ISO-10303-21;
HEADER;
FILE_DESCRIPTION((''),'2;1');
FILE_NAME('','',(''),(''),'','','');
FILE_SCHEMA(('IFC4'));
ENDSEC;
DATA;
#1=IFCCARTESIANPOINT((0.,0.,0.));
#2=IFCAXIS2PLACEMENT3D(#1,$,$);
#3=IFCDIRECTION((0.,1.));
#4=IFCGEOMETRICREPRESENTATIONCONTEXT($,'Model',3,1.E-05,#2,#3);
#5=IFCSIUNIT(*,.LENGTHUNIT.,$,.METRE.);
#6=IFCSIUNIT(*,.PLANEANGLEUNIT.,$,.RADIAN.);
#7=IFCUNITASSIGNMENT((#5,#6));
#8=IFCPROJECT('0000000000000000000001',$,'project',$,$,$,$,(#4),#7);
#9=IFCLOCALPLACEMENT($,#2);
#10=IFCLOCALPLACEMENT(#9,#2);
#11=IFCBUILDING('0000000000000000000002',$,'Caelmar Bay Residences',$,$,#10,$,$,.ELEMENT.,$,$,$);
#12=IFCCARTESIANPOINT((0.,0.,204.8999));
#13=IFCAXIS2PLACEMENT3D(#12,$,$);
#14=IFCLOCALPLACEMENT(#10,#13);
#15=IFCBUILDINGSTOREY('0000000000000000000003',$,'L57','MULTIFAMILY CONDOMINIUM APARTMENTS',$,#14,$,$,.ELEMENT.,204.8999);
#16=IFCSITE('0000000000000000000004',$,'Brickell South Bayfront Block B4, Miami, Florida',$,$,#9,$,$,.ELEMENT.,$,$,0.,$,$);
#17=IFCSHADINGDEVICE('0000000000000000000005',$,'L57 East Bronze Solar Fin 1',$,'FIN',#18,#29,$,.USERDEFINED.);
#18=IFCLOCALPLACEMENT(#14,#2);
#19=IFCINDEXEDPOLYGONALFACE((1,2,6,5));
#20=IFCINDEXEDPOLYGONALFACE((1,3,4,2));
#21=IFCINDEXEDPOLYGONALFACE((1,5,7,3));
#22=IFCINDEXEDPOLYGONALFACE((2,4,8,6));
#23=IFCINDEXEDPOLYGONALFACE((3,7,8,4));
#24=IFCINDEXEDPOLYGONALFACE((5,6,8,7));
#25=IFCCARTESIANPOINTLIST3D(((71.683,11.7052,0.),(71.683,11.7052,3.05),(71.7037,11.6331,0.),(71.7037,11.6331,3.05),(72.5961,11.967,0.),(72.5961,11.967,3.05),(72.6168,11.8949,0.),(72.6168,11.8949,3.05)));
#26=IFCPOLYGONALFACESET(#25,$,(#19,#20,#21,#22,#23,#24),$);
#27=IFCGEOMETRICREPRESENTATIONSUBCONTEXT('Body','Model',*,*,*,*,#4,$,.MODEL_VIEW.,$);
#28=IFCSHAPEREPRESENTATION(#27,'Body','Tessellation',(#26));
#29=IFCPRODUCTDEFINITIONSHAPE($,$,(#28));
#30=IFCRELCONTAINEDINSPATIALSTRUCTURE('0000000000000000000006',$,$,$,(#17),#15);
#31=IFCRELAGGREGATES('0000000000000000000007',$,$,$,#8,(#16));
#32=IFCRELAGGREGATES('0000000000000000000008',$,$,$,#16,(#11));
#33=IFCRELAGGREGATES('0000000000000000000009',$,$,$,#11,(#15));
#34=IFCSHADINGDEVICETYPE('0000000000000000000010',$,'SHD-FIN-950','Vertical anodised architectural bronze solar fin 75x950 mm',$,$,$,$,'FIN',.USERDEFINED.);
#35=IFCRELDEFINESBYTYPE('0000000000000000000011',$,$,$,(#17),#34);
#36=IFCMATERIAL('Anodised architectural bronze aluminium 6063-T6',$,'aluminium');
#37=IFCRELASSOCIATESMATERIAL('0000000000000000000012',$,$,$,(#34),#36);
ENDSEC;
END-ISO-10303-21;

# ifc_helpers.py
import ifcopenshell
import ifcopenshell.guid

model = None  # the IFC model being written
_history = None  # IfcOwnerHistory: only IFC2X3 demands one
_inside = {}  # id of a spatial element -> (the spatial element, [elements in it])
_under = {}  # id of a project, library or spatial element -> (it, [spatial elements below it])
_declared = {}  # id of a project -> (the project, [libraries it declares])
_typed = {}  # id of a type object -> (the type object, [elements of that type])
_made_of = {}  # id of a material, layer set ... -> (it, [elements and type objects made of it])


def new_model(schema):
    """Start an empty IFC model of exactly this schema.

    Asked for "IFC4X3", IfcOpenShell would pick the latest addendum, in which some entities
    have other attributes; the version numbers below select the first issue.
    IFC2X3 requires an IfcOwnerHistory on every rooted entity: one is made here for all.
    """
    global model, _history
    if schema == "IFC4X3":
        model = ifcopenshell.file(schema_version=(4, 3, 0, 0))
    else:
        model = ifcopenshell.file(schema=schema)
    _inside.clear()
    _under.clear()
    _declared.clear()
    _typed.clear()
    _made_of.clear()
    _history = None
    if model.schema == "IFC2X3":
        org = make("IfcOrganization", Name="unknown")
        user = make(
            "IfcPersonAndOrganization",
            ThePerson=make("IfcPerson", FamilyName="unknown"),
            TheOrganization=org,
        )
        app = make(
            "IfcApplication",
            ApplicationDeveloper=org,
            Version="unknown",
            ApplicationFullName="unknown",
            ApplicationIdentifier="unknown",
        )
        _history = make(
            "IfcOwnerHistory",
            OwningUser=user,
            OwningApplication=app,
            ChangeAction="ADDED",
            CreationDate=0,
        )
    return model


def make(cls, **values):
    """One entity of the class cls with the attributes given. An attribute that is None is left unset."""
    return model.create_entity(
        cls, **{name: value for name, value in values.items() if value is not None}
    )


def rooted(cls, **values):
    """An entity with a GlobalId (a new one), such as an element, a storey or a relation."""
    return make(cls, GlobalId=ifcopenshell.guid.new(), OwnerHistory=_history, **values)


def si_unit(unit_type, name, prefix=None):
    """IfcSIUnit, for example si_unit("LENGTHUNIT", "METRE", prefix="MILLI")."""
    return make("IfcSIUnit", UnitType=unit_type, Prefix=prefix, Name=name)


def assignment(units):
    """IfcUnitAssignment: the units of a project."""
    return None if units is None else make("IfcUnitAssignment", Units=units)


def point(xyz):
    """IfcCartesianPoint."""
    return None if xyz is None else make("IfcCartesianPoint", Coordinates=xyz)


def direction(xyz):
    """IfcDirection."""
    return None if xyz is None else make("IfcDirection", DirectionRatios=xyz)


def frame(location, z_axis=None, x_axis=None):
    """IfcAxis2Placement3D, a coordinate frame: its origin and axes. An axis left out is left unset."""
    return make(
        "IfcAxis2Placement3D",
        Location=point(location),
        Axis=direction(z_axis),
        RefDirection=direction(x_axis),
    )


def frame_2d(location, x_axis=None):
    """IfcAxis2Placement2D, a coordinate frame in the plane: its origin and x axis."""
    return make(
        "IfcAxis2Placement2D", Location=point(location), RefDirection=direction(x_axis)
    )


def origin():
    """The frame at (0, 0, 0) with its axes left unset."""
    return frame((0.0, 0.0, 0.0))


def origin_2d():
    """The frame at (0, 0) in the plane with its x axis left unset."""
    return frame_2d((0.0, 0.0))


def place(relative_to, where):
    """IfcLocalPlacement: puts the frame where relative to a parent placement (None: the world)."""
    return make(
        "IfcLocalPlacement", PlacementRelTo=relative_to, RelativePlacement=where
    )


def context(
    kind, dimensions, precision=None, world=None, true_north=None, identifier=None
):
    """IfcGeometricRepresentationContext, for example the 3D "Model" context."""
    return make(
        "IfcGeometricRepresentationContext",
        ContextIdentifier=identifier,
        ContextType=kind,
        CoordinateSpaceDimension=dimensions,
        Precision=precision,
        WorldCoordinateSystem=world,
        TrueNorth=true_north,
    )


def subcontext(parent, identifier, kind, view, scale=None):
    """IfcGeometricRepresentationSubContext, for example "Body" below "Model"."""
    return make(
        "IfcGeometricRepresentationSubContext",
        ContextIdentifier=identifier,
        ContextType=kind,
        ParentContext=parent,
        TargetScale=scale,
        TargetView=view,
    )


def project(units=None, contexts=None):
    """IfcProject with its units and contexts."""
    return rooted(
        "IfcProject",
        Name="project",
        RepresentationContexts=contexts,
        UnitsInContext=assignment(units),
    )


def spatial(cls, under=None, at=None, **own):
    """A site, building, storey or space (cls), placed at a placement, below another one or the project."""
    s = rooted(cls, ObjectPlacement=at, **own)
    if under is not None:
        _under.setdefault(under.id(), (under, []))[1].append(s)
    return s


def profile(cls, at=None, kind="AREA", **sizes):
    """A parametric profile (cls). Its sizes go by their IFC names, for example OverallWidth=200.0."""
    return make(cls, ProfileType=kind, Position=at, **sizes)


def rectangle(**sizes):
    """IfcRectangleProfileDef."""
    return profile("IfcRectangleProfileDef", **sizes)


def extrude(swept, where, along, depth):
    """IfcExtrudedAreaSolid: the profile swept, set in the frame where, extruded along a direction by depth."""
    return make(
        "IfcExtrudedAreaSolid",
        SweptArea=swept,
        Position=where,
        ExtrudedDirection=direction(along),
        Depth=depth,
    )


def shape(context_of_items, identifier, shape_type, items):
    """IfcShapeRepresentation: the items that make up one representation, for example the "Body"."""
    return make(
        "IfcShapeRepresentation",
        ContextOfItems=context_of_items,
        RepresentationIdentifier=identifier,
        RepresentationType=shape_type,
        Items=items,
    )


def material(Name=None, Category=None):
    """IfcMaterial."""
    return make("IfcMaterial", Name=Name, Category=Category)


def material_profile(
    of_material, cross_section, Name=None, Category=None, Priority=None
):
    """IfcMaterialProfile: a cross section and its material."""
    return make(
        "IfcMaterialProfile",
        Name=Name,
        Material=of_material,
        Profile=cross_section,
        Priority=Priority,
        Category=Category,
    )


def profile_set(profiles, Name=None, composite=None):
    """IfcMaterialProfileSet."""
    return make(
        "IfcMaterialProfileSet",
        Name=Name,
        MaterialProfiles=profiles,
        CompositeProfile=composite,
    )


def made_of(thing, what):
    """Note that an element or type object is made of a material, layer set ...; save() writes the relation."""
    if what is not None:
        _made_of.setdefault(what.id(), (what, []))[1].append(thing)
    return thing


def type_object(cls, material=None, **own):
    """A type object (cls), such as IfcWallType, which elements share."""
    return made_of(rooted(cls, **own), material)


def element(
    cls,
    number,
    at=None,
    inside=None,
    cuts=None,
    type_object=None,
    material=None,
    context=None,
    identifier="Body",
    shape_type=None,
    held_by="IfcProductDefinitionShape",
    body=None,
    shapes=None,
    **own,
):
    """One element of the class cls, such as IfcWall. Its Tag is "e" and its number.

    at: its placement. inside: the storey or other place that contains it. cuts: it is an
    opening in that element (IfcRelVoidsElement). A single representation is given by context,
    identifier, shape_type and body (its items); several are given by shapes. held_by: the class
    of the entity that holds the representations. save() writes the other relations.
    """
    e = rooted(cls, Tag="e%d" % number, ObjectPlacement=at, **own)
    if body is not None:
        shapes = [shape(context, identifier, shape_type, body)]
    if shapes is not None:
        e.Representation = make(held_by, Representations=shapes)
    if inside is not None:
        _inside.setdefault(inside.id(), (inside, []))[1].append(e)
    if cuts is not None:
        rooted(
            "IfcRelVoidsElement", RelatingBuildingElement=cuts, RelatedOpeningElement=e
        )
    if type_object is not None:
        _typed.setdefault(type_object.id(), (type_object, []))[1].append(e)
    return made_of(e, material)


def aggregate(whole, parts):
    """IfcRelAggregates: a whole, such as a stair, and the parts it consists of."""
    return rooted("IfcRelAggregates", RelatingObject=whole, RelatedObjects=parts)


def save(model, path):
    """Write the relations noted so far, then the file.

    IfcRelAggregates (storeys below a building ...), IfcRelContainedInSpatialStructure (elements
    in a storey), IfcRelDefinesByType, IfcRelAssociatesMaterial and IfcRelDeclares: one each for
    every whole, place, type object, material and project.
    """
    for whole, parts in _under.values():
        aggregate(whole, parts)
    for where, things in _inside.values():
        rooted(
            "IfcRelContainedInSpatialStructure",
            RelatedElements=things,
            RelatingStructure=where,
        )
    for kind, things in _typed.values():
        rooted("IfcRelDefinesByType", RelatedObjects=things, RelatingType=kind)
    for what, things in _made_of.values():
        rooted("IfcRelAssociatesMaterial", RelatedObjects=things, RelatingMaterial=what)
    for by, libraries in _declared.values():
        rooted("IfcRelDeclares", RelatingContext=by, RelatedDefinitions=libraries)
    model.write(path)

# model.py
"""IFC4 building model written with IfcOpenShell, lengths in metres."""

from ifc_helpers import new_model, si_unit, direction, frame, origin, origin_2d, place, context, subcontext, project, spatial, rectangle, extrude, material, material_profile, profile_set, type_object, element, save


model = new_model("IFC4")

# Units and contexts
model_context = context("Model", 3, precision=1e-05, world=origin(), true_north=direction((0.0, 1.0)))
body_context = subcontext(model_context, "Body", "Model", "MODEL_VIEW")
ifc_project = project(units=[si_unit("LENGTHUNIT", "METRE"), si_unit("PLANEANGLEUNIT", "RADIAN")], contexts=[model_context])

# Site, building, storey
site_placement = place(None, origin())
site = spatial("IfcSite", under=ifc_project, at=site_placement, Name="Brickell South Bayfront Block B4, Miami, Florida", CompositionType="ELEMENT", RefElevation=0.0)
building_placement = place(site_placement, origin())
building = spatial("IfcBuilding", under=site, at=building_placement, Name="Caelmar Bay Residences", CompositionType="ELEMENT")
storey_placement = place(building_placement, frame((0.0, 0.0, 204.8999)))
storey = spatial("IfcBuildingStorey", under=building, at=storey_placement, Name="L57", Description="MULTIFAMILY CONDOMINIUM APARTMENTS", CompositionType="ELEMENT", Elevation=204.8999)

# Shading device
ifc_material_1 = material(Name="Anodised architectural bronze aluminium 6063-T6", Category="aluminium")
ifc_material_profile_1 = material_profile(ifc_material_1, rectangle(XDim=0.075, YDim=0.95, at=origin_2d()), Name="BRONZE-FIN-75X950")
ifc_profile_set_1 = profile_set([ifc_material_profile_1], Name="Anodised architectural bronze aluminium 6063-T6")
shading_device_type = type_object("IfcShadingDeviceType", Name="SHD-FIN-950", Description="Vertical anodised architectural bronze solar fin 75x950 mm", ElementType="FIN", PredefinedType="USERDEFINED", material=ifc_profile_set_1)
shading_device_placement = place(storey_placement, frame((72.1499, 11.8, 0.0), z_axis=(0.0, 0.0, 1.0), x_axis=(-0.275637, 0.961262, 0.0)))
element("IfcShadingDevice", 1, at=shading_device_placement, inside=storey, type_object=shading_device_type, Name="L57 East Bronze Solar Fin 1", ObjectType="FIN", PredefinedType="USERDEFINED", context=body_context, shape_type="SweptSolid", body=[
    extrude(rectangle(XDim=0.075, YDim=0.95, at=origin_2d()), origin(), (0.0, 0.0, 1.0), 3.05),
])

save(model, "model.ifc")
